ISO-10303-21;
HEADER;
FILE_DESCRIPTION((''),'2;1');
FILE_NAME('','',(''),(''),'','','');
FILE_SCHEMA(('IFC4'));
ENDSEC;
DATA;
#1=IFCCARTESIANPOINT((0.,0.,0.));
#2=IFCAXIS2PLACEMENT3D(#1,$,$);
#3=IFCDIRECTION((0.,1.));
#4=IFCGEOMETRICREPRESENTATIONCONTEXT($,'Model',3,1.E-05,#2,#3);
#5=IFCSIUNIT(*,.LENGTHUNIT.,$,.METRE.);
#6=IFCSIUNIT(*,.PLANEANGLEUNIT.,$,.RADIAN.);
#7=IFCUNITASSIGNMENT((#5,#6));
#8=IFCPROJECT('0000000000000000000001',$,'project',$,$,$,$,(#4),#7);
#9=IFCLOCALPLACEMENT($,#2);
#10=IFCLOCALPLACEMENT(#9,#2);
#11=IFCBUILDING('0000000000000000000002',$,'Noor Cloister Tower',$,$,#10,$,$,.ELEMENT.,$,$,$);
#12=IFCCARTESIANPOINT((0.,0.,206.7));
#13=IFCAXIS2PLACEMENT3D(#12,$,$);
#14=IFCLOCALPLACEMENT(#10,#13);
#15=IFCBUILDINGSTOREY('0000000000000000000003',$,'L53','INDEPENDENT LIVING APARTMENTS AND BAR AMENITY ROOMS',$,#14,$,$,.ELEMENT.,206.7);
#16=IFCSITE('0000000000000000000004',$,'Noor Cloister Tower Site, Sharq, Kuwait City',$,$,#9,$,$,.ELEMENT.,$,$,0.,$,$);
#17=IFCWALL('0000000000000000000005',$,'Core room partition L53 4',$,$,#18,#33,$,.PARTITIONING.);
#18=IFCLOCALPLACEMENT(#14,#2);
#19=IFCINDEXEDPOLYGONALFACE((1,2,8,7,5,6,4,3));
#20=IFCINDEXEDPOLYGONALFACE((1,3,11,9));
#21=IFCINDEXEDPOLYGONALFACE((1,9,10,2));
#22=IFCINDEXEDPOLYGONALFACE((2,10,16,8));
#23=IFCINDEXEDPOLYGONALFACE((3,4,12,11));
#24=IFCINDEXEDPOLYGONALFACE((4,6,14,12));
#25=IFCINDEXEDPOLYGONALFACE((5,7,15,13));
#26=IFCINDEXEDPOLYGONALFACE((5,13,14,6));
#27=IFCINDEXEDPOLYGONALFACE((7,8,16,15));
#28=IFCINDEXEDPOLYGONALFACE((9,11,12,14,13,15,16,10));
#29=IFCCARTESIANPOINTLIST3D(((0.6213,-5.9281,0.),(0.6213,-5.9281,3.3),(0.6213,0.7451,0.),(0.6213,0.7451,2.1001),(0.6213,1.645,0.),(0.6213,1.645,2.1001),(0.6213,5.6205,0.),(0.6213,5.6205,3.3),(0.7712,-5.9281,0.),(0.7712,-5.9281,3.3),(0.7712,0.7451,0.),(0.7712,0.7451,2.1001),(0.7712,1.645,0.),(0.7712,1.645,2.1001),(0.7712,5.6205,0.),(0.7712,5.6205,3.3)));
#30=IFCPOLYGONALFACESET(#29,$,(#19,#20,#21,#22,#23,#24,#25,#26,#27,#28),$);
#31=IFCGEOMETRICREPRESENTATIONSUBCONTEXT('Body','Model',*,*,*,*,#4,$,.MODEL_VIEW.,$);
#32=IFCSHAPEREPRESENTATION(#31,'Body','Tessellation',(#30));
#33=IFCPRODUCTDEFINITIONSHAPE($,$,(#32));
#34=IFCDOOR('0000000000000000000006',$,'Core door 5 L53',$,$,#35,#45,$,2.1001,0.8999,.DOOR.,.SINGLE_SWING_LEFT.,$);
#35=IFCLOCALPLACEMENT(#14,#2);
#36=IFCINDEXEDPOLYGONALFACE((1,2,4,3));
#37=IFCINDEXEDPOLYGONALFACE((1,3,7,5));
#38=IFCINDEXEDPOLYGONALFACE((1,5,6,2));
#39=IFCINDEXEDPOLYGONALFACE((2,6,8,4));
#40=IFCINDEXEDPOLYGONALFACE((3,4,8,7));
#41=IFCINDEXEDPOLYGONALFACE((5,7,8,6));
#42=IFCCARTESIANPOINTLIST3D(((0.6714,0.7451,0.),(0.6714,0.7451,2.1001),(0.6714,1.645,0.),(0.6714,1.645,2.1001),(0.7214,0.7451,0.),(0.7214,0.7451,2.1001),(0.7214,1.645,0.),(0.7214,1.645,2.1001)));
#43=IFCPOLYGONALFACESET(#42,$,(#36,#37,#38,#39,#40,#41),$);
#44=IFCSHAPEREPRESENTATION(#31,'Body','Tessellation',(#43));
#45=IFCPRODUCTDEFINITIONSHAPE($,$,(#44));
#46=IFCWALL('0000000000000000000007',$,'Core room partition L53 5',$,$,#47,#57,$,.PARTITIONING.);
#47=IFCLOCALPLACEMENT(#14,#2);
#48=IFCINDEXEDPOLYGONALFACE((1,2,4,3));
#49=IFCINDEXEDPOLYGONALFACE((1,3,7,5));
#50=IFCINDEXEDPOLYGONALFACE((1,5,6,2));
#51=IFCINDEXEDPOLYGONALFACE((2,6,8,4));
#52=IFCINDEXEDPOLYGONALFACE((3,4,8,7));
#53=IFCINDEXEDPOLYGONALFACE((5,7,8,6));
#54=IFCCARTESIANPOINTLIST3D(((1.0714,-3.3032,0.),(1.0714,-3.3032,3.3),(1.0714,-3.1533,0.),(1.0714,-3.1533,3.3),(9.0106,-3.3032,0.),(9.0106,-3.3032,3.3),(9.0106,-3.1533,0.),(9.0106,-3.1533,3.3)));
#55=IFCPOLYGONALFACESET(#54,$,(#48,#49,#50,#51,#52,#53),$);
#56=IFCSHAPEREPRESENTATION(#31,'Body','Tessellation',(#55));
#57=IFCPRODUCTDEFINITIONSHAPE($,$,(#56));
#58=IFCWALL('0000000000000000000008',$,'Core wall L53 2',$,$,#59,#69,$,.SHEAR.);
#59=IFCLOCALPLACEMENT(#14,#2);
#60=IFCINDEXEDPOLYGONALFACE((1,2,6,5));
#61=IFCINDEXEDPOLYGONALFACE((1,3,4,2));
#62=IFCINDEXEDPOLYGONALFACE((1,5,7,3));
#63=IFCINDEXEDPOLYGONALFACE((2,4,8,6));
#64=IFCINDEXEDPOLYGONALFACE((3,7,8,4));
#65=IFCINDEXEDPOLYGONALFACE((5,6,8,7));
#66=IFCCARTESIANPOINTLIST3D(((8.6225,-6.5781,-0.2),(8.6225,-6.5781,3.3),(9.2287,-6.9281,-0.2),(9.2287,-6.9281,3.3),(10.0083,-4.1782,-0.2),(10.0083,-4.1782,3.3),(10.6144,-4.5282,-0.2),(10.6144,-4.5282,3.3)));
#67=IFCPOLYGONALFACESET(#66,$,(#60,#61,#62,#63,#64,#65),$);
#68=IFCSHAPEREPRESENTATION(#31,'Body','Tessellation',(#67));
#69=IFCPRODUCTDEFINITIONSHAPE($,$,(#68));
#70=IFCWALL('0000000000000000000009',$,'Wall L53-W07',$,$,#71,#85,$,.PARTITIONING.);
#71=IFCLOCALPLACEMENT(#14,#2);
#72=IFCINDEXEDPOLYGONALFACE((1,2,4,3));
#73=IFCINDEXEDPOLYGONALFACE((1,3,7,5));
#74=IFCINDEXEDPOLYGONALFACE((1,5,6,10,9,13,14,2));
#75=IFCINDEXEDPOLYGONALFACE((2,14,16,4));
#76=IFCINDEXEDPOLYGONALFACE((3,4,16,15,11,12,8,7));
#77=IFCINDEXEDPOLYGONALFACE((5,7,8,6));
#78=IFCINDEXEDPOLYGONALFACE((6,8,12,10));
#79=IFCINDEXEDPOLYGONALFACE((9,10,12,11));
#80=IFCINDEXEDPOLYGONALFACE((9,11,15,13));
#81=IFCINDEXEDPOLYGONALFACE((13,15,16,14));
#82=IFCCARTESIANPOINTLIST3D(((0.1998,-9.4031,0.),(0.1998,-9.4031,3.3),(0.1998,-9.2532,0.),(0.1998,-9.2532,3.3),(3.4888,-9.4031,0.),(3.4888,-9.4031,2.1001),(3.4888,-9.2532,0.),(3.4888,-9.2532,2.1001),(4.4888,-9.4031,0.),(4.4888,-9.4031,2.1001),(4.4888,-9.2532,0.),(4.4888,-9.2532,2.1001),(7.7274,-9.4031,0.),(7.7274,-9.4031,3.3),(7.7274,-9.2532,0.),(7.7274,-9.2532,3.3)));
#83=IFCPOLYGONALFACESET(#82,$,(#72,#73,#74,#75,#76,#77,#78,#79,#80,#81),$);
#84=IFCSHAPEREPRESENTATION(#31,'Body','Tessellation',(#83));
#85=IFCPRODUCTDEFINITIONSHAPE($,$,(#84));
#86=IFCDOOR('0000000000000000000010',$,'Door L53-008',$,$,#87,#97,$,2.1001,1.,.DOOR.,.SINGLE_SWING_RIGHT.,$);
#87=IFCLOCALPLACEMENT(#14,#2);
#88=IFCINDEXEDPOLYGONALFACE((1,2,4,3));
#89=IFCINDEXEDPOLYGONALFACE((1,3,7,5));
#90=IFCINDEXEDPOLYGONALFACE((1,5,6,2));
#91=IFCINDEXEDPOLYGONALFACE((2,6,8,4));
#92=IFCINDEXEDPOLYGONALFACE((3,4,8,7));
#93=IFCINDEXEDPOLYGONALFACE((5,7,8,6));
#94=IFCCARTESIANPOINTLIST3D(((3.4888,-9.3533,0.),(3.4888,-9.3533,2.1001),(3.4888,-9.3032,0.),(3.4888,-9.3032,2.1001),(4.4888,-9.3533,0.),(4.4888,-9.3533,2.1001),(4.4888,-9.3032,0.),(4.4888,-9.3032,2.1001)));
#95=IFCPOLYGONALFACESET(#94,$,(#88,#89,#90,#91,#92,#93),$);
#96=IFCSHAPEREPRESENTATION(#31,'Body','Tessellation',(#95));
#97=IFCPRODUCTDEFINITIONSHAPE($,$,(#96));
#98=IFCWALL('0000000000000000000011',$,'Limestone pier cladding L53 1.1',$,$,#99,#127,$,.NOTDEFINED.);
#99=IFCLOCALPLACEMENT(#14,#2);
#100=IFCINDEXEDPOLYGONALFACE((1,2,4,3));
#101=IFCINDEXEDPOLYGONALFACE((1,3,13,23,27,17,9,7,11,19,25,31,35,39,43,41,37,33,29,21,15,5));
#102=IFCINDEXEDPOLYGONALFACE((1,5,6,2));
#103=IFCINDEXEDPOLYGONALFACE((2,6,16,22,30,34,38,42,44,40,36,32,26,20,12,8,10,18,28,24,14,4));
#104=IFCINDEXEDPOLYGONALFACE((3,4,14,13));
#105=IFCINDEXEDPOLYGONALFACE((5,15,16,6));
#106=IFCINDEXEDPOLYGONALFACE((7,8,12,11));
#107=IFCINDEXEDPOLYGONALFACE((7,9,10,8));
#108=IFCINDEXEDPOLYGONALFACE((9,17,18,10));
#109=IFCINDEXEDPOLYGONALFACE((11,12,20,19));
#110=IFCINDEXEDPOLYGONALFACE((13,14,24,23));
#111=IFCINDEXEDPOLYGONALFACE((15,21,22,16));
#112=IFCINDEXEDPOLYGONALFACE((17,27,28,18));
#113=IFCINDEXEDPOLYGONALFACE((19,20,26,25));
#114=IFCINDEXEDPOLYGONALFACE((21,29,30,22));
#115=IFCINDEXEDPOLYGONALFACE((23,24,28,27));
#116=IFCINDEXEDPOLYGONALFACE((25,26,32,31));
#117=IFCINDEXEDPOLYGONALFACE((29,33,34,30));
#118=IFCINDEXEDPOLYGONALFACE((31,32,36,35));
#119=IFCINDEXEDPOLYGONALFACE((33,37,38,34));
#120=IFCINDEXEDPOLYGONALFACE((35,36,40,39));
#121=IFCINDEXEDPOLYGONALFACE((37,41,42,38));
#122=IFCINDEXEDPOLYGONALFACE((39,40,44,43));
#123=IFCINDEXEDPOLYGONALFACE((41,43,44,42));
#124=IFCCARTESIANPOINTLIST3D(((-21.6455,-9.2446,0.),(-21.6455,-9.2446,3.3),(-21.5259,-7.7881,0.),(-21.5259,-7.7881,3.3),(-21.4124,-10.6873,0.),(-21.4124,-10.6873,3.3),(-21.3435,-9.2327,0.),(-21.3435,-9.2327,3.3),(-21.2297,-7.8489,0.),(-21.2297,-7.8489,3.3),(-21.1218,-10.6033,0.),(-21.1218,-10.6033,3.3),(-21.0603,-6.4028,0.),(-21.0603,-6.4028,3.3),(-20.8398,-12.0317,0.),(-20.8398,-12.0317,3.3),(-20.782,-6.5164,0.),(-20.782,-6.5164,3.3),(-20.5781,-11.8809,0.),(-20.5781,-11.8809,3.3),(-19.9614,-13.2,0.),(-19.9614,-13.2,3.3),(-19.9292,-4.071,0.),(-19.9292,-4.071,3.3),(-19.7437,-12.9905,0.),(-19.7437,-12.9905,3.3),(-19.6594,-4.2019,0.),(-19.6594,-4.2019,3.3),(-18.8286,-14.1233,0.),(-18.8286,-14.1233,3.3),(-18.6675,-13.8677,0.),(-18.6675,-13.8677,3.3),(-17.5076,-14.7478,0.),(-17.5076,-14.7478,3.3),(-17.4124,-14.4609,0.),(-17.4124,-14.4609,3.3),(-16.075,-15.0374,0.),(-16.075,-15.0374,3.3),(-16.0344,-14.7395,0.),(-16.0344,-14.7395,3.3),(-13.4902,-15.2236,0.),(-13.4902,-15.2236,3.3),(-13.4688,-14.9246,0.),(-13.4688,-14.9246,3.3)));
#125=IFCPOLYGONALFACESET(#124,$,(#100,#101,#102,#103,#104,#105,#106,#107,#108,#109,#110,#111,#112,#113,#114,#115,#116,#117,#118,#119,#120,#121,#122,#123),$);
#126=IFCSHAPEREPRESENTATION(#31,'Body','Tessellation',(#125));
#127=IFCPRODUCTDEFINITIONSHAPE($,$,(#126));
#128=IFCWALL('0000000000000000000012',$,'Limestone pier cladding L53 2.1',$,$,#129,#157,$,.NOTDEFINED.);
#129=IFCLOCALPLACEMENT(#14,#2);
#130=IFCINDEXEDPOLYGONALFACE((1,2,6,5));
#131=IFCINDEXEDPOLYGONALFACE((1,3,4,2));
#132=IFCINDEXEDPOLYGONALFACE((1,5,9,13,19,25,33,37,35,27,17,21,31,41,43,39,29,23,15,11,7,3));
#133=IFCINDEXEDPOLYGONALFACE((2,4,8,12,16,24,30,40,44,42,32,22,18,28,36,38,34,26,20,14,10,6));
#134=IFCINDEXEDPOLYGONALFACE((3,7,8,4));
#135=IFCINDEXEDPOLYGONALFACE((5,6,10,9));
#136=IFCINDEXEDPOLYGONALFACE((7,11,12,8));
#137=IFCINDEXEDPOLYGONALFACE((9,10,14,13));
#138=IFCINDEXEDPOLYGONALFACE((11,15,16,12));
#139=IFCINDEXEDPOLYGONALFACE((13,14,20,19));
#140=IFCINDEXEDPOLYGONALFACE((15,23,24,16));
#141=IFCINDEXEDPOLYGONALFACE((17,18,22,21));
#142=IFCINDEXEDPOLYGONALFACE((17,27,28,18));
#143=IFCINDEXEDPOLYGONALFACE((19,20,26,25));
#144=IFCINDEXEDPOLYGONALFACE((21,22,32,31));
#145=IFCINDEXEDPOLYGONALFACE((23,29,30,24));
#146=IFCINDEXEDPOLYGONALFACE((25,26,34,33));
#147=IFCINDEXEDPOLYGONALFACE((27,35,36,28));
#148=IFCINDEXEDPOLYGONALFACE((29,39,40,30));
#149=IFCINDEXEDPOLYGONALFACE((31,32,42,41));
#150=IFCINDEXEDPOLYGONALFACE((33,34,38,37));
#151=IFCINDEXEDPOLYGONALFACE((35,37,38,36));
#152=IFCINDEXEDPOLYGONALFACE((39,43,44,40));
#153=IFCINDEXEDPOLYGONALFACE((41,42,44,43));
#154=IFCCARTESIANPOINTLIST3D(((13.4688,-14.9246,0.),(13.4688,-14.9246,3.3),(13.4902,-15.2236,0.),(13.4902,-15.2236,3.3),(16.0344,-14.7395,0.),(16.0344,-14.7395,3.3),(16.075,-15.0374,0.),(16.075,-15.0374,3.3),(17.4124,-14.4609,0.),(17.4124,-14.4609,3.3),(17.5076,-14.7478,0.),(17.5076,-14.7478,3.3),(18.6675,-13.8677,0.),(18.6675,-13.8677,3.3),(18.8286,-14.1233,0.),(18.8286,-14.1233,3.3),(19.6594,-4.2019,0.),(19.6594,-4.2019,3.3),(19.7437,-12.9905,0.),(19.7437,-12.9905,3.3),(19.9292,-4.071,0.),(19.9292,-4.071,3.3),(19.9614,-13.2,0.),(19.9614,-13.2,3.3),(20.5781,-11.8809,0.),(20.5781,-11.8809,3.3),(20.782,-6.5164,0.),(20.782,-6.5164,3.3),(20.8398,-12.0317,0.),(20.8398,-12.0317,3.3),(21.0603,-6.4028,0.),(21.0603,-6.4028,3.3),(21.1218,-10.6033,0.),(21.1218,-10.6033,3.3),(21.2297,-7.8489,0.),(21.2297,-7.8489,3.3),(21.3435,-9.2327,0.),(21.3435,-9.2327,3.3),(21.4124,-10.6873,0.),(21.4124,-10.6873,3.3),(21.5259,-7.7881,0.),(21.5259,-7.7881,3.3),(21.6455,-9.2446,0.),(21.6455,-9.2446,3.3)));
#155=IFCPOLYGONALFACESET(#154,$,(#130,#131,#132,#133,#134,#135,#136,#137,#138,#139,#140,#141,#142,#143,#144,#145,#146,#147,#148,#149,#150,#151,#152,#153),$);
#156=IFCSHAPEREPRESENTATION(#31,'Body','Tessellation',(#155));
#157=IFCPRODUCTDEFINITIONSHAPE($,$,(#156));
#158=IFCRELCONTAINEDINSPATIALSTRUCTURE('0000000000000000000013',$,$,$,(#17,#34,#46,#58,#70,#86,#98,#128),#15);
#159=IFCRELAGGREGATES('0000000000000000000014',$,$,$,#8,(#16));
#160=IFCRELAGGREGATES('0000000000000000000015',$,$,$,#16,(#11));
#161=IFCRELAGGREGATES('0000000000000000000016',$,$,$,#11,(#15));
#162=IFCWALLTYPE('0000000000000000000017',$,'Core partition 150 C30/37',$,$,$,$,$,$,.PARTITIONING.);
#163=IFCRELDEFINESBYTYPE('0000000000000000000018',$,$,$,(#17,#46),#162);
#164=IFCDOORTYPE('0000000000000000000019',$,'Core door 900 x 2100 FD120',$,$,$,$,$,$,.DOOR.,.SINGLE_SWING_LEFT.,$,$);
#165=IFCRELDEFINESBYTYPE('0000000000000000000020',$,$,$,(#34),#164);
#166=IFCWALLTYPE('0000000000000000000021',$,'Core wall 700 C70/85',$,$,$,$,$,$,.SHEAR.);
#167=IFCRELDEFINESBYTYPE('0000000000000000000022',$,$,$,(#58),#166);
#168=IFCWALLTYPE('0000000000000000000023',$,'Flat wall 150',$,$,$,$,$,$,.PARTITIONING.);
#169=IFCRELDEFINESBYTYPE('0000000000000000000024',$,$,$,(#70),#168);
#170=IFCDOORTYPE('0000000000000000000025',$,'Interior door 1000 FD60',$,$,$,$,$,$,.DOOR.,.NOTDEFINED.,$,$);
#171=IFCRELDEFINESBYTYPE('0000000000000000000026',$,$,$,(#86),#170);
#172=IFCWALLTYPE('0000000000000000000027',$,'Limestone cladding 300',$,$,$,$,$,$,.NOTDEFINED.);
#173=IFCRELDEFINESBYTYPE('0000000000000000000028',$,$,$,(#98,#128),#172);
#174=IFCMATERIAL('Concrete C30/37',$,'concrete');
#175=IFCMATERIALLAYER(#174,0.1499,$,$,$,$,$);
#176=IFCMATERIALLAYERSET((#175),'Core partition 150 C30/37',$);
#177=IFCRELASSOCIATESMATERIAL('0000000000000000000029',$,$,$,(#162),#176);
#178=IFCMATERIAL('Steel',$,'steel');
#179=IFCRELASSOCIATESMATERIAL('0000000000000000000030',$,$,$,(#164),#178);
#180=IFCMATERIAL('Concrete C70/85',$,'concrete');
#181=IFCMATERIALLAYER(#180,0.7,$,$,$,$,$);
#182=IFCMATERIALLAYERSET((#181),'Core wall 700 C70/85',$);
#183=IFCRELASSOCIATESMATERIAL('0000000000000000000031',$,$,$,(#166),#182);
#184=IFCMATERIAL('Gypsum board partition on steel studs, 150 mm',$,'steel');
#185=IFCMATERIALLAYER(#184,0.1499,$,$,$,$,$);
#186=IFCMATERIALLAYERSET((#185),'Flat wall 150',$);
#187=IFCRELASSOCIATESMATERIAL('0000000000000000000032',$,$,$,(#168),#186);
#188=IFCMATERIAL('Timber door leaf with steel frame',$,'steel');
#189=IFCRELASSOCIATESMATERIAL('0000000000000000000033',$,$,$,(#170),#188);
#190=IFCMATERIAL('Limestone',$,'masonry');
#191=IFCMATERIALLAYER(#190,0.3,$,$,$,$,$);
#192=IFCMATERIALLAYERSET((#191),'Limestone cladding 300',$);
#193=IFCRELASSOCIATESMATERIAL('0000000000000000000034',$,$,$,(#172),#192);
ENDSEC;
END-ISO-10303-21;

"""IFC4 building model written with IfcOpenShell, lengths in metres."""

from ifc_helpers import new_model, si_unit, direction, frame, frame_2d, origin, place, context, subcontext, project, spatial, polyline, rectangle, outline, extrude, material, layer, layer_set, type_object, element, fill, save


model = new_model("IFC4")

# Units and contexts
model_context = context("Model", 3, precision=1e-05, world=origin(), true_north=direction((0.0, 1.0)))
body_context = subcontext(model_context, "Body", "Model", "MODEL_VIEW")
ifc_project = project(units=[si_unit("LENGTHUNIT", "METRE"), si_unit("PLANEANGLEUNIT", "RADIAN")], contexts=[model_context])

# Site, building, storey
site_placement = place(None, origin())
site = spatial("IfcSite", under=ifc_project, at=site_placement, Name="Noor Cloister Tower Site, Sharq, Kuwait City", CompositionType="ELEMENT", RefElevation=0.0)
building_placement = place(site_placement, origin())
building = spatial("IfcBuilding", under=site, at=building_placement, Name="Noor Cloister Tower", CompositionType="ELEMENT")
storey_placement = place(building_placement, frame((0.0, 0.0, 206.7)))
storey = spatial("IfcBuildingStorey", under=building, at=storey_placement, Name="L53", Description="INDEPENDENT LIVING APARTMENTS AND BAR AMENITY ROOMS", CompositionType="ELEMENT", Elevation=206.7)

# Wall, opening, door
ifc_material_1 = material(Name="Concrete C30/37", Category="concrete")
ifc_layer_1 = layer(ifc_material_1, 0.1499)
ifc_layer_set_1 = layer_set([ifc_layer_1], Name="Core partition 150 C30/37")
wall_type_1 = type_object("IfcWallType", Name="Core partition 150 C30/37", PredefinedType="PARTITIONING", material=ifc_layer_set_1)
wall_1_placement = place(storey_placement, frame((0.6963, -5.9282, 0.0), z_axis=(0.0, 0.0, 1.0), x_axis=(0.0, 1.0, 0.0)))
wall_1 = element("IfcWall", 1, at=wall_1_placement, inside=storey, type_object=wall_type_1, Name="Core room partition L53 4", PredefinedType="PARTITIONING", context=body_context, shape_type="SweptSolid", body=[
    extrude(rectangle(XDim=11.5486, YDim=0.1499, at=frame_2d((5.7744, 0.0))), origin(), (0.0, 0.0, 1.0), 3.3),
])
opening_1_placement = place(wall_1_placement, frame((6.6733, 0.0, 0.0)))
opening_1 = element("IfcOpeningElement", 2, at=opening_1_placement, cuts=wall_1, PredefinedType="OPENING", context=body_context, shape_type="SweptSolid", body=[
    extrude(rectangle(XDim=0.8999, YDim=2.1001, at=frame_2d((0.45, 1.05))), frame((0.0, 0.085, 0.0), z_axis=(0.0, -1.0, 0.0), x_axis=(1.0, 0.0, 0.0)), (0.0, 0.0, 1.0), 0.1699),
])
ifc_material_2 = material(Name="Steel", Category="steel")
door_type_1 = type_object("IfcDoorType", Name="Core door 900 x 2100 FD120", OperationType="SINGLE_SWING_LEFT", PredefinedType="DOOR", material=ifc_material_2)
door_1_placement = place(opening_1_placement, origin())
door_1 = element("IfcDoor", 3, at=door_1_placement, inside=storey, type_object=door_type_1, Name="Core door 5 L53", OperationType="SINGLE_SWING_LEFT", OverallHeight=2.1001, OverallWidth=0.8999, PredefinedType="DOOR", context=body_context, shape_type="SweptSolid", body=[
    extrude(rectangle(XDim=0.8999, YDim=2.1001, at=frame_2d((0.45, 1.05))), frame((0.0, 0.0249, 0.0), z_axis=(0.0, -1.0, 0.0), x_axis=(1.0, 0.0, 0.0)), (0.0, 0.0, 1.0), 0.05),
])
fill(opening_1, door_1)

# Walls
wall_2_placement = place(storey_placement, frame((1.0713, -3.2283, 0.0), z_axis=(0.0, 0.0, 1.0), x_axis=(1.0, 0.0, 0.0)))
element("IfcWall", 4, at=wall_2_placement, inside=storey, type_object=wall_type_1, Name="Core room partition L53 5", PredefinedType="PARTITIONING", context=body_context, shape_type="SweptSolid", body=[
    extrude(rectangle(XDim=7.9392, YDim=0.1499, at=frame_2d((3.9697, 0.0))), origin(), (0.0, 0.0, 1.0), 3.3),
])
ifc_material_3 = material(Name="Concrete C70/85", Category="concrete")
ifc_layer_2 = layer(ifc_material_3, 0.7)
ifc_layer_set_2 = layer_set([ifc_layer_2], Name="Core wall 700 C70/85")
wall_type_2 = type_object("IfcWallType", Name="Core wall 700 C70/85", PredefinedType="SHEAR", material=ifc_layer_set_2)
wall_3_placement = place(storey_placement, frame((8.9255, -6.7532, -0.2), z_axis=(0.0, 0.0, 1.0), x_axis=(0.500043, 0.866001, 0.0)))
element("IfcWall", 5, at=wall_3_placement, inside=storey, type_object=wall_type_2, Name="Core wall L53 2", PredefinedType="SHEAR", context=body_context, shape_type="SweptSolid", body=[
    extrude(rectangle(XDim=2.7712, YDim=0.7, at=frame_2d((1.3857, 0.0))), origin(), (0.0, 0.0, 1.0), 3.5),
])

# Wall, opening, door
ifc_material_4 = material(Name="Gypsum board partition on steel studs, 150 mm", Category="steel")
ifc_layer_3 = layer(ifc_material_4, 0.1499)
ifc_layer_set_3 = layer_set([ifc_layer_3], Name="Flat wall 150")
wall_type_3 = type_object("IfcWallType", Name="Flat wall 150", PredefinedType="PARTITIONING", material=ifc_layer_set_3)
wall_4_placement = place(storey_placement, frame((0.2, -9.3281, 0.0), z_axis=(0.0, 0.0, 1.0), x_axis=(1.0, 0.0, 0.0)))
wall_4 = element("IfcWall", 6, at=wall_4_placement, inside=storey, type_object=wall_type_3, Name="Wall L53-W07", PredefinedType="PARTITIONING", context=body_context, shape_type="SweptSolid", body=[
    extrude(rectangle(XDim=7.5276, YDim=0.1499, at=frame_2d((3.7637, 0.0))), origin(), (0.0, 0.0, 1.0), 3.3),
])
opening_2_placement = place(wall_4_placement, frame((3.2888, 0.0, 0.0)))
opening_2 = element("IfcOpeningElement", 7, at=opening_2_placement, cuts=wall_4, PredefinedType="OPENING", context=body_context, shape_type="SweptSolid", body=[
    extrude(rectangle(XDim=1.0, YDim=2.1001, at=frame_2d((0.5, 1.05))), frame((0.0, 0.085, 0.0), z_axis=(0.0, -1.0, 0.0), x_axis=(1.0, 0.0, 0.0)), (0.0, 0.0, 1.0), 0.1699),
])
ifc_material_5 = material(Name="Timber door leaf with steel frame", Category="steel")
door_type_2 = type_object("IfcDoorType", Name="Interior door 1000 FD60", OperationType="NOTDEFINED", PredefinedType="DOOR", material=ifc_material_5)
door_2_placement = place(opening_2_placement, origin())
door_2 = element("IfcDoor", 8, at=door_2_placement, inside=storey, type_object=door_type_2, Name="Door L53-008", OperationType="SINGLE_SWING_RIGHT", OverallHeight=2.1001, OverallWidth=1.0, PredefinedType="DOOR", context=body_context, shape_type="SweptSolid", body=[
    extrude(rectangle(XDim=1.0, YDim=2.1001, at=frame_2d((0.5, 1.05))), frame((0.0, 0.0249, 0.0), z_axis=(0.0, -1.0, 0.0), x_axis=(1.0, 0.0, 0.0)), (0.0, 0.0, 1.0), 0.05),
])
fill(opening_2, door_2)

# Walls
ifc_material_6 = material(Name="Limestone", Category="masonry")
ifc_layer_4 = layer(ifc_material_6, 0.3)
ifc_layer_set_4 = layer_set([ifc_layer_4], Name="Limestone cladding 300")
wall_type_4 = type_object("IfcWallType", Name="Limestone cladding 300", PredefinedType="NOTDEFINED", material=ifc_layer_set_4)
wall_5_placement = place(storey_placement, origin())
element("IfcWall", 9, at=wall_5_placement, inside=storey, type_object=wall_type_4, Name="Limestone pier cladding L53 1.1", PredefinedType="NOTDEFINED", context=body_context, shape_type="SweptSolid", body=[
    extrude(outline(polyline([(-19.9292, -4.071), (-21.0603, -6.4028), (-21.5259, -7.7881), (-21.6455, -9.2446), (-21.4124, -10.6873), (-20.8398, -12.0317), (-19.9614, -13.2), (-18.8286, -14.1233), (-17.5076, -14.7478), (-16.075, -15.0374), (-13.4902, -15.2236), (-13.4688, -14.9246), (-16.0344, -14.7395), (-17.4124, -14.4609), (-18.6675, -13.8677), (-19.7437, -12.9905), (-20.5781, -11.8809), (-21.1218, -10.6033), (-21.3435, -9.2327), (-21.2297, -7.8489), (-20.782, -6.5164), (-19.6594, -4.2019), (-19.9292, -4.071)])), origin(), (0.0, 0.0, 1.0), 3.3),
])
wall_6_placement = place(storey_placement, origin())
element("IfcWall", 10, at=wall_6_placement, inside=storey, type_object=wall_type_4, Name="Limestone pier cladding L53 2.1", PredefinedType="NOTDEFINED", context=body_context, shape_type="SweptSolid", body=[
    extrude(outline(polyline([(13.4902, -15.2236), (16.075, -15.0374), (17.5076, -14.7478), (18.8286, -14.1233), (19.9614, -13.2), (20.8398, -12.0317), (21.4124, -10.6873), (21.6455, -9.2446), (21.5259, -7.7881), (21.0603, -6.4028), (19.9292, -4.071), (19.6594, -4.2019), (20.782, -6.5164), (21.2297, -7.8489), (21.3435, -9.2327), (21.1218, -10.6033), (20.5781, -11.8809), (19.7437, -12.9905), (18.6675, -13.8677), (17.4124, -14.4609), (16.0344, -14.7395), (13.4688, -14.9246), (13.4902, -15.2236)])), origin(), (0.0, 0.0, 1.0), 3.3),
])

save(model, "model.ifc")
